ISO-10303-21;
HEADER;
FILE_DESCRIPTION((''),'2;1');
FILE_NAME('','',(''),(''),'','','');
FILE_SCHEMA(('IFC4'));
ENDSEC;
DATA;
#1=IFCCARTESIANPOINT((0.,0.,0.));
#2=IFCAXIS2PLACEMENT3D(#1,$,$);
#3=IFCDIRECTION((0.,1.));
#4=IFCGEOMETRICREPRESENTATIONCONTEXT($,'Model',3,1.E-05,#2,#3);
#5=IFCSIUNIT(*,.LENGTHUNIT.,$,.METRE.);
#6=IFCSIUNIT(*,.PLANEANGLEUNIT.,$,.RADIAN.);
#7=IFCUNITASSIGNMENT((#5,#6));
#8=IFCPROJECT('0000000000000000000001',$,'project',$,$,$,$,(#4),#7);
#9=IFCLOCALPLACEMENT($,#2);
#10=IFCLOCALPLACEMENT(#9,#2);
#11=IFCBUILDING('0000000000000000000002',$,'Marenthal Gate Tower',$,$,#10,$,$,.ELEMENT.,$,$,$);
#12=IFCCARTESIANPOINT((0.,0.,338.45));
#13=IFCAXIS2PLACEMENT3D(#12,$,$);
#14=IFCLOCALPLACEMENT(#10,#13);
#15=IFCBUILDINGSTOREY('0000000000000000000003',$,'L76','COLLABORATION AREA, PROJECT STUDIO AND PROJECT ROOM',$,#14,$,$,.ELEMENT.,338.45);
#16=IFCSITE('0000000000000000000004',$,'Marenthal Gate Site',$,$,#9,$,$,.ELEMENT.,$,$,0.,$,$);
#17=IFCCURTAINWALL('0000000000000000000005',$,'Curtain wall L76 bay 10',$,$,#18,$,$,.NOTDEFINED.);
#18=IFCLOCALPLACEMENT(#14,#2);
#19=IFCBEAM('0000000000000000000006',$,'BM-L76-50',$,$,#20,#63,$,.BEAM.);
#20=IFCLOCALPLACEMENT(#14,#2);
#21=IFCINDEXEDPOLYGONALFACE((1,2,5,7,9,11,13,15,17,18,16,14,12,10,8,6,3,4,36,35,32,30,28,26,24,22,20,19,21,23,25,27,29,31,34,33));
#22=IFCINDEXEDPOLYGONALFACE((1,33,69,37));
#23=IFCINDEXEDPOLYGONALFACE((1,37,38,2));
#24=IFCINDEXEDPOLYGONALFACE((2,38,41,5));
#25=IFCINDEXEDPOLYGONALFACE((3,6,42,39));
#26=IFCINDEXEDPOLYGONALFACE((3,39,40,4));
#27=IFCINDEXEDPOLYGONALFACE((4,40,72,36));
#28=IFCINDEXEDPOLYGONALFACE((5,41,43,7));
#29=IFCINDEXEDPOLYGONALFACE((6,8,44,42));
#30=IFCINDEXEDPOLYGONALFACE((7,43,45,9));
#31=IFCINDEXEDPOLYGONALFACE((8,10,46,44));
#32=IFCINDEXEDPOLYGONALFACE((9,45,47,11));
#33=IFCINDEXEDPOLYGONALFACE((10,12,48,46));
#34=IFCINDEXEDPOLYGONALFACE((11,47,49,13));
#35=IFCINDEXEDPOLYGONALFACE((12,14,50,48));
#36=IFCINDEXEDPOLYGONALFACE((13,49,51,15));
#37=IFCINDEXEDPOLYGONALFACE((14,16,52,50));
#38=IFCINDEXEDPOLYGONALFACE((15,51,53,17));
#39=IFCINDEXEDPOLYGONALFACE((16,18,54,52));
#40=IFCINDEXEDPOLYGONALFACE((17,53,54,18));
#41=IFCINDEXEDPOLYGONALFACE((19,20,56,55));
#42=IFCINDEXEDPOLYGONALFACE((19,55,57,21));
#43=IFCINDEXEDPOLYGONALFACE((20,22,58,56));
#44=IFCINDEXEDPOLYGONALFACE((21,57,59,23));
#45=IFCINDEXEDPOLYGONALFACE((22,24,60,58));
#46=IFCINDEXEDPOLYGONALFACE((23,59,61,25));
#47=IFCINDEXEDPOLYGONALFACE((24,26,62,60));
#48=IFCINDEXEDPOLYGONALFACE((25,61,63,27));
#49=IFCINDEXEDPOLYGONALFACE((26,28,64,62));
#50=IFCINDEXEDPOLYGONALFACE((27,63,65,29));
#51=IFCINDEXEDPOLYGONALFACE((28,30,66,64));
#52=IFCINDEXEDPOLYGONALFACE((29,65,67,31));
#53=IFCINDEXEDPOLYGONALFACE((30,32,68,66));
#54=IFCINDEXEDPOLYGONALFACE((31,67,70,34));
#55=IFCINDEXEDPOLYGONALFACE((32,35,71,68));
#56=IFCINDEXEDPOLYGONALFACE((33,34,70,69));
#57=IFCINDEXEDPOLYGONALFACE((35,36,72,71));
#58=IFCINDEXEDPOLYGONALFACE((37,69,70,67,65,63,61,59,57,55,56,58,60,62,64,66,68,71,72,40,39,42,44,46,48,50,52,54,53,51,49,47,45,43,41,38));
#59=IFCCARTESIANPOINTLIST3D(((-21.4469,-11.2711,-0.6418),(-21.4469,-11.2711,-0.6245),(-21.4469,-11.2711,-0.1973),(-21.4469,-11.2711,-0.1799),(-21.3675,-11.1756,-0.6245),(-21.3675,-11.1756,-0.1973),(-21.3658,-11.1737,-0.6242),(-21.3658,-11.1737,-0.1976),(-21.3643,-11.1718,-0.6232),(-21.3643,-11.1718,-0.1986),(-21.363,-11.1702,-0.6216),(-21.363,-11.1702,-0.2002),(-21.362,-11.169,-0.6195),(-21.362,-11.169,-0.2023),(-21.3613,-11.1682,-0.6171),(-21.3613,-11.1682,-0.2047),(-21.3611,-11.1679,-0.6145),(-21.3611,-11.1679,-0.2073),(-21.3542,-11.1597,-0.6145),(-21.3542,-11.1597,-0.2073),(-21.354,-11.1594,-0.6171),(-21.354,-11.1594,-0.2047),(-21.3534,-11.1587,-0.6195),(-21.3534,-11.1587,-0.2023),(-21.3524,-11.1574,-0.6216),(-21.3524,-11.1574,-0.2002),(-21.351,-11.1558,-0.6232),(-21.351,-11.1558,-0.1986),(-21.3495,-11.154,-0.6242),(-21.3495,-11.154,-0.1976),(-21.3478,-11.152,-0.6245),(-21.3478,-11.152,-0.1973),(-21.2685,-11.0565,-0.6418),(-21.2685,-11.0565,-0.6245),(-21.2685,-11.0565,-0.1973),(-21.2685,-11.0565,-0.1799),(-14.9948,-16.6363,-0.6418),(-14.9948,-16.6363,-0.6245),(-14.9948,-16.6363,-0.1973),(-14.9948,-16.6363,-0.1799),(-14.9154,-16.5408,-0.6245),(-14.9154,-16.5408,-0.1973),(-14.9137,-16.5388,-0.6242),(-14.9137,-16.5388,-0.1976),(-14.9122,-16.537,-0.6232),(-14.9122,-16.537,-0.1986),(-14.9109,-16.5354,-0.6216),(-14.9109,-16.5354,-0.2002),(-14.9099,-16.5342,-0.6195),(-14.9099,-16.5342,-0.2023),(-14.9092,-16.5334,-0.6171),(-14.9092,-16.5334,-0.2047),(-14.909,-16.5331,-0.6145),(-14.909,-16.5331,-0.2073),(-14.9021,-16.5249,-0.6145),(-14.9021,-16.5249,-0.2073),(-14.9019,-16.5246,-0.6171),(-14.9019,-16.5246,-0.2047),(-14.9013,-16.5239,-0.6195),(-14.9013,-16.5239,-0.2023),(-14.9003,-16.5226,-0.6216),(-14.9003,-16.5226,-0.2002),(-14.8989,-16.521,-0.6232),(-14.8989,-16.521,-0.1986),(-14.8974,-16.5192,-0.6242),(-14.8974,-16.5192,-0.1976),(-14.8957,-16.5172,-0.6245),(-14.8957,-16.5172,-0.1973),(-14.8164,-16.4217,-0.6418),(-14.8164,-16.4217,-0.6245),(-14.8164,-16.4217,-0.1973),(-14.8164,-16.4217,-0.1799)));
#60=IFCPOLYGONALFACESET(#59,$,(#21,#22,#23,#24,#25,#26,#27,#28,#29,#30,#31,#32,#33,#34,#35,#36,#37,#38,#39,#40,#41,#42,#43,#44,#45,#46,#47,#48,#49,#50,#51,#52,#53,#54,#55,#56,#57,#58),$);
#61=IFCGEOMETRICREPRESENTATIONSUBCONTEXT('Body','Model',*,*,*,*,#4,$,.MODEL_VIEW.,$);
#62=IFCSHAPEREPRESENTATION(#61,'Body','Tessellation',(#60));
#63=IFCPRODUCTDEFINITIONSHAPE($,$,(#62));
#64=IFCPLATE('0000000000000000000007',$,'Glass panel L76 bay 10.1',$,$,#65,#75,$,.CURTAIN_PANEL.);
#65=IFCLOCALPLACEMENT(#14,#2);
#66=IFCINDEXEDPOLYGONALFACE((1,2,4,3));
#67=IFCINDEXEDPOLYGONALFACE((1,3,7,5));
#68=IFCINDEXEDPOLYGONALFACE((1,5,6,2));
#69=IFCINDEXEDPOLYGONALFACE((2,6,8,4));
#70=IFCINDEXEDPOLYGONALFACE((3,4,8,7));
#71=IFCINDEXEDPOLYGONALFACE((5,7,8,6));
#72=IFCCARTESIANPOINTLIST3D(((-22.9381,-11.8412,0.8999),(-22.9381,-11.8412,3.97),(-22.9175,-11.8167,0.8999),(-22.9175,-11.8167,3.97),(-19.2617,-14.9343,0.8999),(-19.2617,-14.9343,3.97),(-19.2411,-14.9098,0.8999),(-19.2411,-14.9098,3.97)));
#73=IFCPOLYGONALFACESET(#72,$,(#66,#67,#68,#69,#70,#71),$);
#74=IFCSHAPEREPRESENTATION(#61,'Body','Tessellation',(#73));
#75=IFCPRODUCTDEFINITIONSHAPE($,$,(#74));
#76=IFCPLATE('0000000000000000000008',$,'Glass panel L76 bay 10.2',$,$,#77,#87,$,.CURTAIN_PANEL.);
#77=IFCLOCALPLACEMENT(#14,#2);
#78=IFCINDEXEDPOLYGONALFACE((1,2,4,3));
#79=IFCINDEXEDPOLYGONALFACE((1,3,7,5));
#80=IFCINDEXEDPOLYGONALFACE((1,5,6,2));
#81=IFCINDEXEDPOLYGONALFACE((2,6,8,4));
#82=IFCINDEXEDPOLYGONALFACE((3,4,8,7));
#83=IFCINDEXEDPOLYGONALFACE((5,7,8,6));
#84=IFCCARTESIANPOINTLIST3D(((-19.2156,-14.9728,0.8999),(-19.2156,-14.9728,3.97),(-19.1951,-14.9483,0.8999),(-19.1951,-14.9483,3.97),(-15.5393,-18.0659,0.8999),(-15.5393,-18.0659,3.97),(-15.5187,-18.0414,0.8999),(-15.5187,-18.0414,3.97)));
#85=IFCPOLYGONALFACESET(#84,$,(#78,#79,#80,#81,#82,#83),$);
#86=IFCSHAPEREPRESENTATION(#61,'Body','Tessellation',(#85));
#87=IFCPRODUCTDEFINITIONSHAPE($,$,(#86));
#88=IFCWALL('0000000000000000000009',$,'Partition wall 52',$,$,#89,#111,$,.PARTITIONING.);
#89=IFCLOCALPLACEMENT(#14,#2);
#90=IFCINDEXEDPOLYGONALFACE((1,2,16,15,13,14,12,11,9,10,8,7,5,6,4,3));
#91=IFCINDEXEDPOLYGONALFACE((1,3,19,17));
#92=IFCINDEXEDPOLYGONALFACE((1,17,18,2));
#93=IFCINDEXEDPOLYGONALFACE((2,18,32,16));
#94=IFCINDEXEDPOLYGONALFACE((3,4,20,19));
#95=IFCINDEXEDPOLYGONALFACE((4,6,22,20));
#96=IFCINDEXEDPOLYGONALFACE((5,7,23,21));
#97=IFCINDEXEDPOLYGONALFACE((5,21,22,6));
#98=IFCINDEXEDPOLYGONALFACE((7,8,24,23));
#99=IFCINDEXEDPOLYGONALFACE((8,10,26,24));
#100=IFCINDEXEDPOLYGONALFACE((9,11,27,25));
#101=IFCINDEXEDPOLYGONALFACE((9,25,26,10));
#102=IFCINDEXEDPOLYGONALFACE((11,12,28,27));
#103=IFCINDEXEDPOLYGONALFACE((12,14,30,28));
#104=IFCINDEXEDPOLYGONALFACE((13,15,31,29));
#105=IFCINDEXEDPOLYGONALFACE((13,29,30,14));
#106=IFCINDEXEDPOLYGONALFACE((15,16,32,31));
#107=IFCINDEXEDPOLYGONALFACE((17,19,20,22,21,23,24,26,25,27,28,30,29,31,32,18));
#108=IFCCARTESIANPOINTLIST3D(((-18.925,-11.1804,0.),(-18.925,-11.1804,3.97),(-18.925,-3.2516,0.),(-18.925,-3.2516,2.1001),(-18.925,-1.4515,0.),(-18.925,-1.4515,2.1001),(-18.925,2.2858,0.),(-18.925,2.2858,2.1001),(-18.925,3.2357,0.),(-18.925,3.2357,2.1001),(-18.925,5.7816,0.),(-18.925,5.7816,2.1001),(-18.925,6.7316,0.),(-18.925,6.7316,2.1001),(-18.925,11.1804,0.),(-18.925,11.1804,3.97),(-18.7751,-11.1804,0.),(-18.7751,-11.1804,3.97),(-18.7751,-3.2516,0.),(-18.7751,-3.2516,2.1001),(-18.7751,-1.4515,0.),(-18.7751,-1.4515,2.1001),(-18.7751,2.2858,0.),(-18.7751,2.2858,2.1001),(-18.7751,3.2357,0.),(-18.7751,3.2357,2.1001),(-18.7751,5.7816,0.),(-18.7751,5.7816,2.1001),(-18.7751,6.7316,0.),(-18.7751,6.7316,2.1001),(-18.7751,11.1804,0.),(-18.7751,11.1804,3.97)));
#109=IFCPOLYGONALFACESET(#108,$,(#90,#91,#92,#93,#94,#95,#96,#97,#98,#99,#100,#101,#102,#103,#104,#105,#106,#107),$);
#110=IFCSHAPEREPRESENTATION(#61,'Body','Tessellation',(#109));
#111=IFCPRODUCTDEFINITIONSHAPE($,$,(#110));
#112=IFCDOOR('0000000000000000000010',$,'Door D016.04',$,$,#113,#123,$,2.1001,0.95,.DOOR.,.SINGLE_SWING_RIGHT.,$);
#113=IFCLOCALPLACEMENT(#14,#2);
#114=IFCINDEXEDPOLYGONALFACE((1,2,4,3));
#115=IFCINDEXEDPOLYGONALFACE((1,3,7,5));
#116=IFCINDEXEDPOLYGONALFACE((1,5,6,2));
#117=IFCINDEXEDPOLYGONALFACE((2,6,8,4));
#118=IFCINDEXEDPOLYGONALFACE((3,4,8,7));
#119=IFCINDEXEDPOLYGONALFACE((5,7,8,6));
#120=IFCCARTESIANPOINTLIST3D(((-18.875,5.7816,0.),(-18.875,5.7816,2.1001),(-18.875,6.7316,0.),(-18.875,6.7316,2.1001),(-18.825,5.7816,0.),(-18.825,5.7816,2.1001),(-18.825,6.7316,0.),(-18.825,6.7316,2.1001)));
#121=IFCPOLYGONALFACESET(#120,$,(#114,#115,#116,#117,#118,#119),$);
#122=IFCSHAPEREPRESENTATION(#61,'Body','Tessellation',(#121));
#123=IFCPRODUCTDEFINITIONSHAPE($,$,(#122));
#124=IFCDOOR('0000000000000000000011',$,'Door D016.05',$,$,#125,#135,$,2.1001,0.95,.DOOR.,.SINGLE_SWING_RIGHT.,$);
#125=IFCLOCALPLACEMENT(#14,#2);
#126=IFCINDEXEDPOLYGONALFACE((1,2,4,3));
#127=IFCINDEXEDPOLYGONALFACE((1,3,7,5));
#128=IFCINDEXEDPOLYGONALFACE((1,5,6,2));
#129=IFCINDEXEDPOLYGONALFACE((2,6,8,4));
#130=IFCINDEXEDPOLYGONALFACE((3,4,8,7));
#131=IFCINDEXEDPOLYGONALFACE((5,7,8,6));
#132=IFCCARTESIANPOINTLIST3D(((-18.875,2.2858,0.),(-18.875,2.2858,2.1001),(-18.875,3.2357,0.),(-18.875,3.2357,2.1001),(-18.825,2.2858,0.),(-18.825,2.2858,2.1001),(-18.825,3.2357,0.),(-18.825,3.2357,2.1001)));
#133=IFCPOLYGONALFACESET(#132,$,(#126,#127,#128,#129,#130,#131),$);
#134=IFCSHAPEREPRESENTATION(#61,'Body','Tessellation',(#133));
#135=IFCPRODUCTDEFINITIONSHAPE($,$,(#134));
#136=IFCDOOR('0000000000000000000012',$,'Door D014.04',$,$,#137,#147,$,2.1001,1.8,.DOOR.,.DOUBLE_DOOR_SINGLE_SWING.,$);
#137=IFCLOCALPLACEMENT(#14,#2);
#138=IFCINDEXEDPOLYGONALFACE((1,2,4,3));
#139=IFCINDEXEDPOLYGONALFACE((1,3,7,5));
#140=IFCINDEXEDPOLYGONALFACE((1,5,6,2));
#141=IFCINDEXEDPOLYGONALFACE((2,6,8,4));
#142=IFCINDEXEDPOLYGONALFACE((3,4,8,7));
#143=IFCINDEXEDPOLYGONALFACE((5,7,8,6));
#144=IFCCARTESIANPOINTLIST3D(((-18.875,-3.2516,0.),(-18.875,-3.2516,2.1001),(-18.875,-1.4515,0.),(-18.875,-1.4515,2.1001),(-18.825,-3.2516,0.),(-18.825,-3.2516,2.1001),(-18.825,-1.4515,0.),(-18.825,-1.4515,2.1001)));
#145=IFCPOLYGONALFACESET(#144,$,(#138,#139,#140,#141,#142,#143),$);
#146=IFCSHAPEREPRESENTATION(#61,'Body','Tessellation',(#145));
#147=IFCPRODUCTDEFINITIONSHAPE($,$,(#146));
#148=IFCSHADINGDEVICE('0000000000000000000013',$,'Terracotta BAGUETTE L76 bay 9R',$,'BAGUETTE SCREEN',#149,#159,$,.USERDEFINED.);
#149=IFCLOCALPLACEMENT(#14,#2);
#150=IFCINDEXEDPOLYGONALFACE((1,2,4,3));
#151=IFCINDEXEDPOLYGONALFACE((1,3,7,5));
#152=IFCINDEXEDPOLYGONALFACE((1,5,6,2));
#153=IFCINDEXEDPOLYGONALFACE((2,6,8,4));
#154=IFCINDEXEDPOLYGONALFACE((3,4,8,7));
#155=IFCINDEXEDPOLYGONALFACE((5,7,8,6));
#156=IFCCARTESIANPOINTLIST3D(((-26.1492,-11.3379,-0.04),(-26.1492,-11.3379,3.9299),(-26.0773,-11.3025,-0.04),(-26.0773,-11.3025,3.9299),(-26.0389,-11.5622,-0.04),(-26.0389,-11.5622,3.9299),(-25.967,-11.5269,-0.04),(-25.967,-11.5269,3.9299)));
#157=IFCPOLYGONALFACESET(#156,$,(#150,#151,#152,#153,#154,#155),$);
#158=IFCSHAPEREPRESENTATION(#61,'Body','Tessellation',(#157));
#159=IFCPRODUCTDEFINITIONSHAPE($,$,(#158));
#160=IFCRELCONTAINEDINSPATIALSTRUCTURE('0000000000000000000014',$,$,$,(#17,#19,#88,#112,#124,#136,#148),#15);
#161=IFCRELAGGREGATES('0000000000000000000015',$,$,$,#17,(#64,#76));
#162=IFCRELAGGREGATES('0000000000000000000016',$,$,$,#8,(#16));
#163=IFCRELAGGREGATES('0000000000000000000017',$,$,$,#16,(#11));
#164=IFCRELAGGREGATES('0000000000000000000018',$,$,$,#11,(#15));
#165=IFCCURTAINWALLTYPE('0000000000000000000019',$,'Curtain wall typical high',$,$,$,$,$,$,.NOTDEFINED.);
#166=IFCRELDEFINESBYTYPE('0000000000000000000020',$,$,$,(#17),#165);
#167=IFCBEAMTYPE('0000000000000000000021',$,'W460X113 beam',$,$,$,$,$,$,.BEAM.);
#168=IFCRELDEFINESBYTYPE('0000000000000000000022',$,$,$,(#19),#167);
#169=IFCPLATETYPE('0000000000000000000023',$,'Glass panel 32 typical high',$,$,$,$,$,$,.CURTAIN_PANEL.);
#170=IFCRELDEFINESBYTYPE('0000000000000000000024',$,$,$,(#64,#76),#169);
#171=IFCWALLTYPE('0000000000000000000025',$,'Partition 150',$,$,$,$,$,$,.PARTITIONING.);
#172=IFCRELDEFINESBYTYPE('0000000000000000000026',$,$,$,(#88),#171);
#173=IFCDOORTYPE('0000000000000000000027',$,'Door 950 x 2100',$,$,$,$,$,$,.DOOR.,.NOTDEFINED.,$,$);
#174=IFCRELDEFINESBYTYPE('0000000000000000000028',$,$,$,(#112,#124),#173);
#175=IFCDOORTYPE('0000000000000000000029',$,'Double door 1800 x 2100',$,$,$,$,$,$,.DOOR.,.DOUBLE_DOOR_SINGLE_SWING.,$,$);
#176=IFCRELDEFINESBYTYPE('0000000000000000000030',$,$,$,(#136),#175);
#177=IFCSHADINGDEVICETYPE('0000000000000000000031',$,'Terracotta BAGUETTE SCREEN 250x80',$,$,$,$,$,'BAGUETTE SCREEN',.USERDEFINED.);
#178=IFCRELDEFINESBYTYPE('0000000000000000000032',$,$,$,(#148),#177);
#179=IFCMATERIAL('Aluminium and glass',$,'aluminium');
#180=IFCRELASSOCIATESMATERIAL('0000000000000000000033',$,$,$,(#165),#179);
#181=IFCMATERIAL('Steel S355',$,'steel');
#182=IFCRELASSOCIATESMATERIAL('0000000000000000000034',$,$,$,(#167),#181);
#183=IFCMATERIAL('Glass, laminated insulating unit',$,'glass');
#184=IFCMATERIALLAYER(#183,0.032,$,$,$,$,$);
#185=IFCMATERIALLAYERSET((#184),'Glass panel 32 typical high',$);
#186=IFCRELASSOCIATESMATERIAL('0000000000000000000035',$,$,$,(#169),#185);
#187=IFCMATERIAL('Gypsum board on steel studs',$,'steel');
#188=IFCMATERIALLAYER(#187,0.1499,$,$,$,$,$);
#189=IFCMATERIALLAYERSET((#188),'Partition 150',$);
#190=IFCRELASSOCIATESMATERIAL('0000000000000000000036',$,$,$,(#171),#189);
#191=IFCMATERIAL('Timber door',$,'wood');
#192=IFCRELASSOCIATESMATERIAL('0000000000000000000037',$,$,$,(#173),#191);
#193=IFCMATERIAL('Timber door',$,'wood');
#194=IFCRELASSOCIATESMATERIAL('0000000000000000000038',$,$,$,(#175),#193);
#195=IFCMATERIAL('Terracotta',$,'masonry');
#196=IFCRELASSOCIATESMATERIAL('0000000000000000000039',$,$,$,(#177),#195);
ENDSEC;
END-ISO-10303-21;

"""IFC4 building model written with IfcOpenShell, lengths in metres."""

from ifc_helpers import new_model, si_unit, direction, frame, frame_2d, origin, origin_2d, place, context, subcontext, project, spatial, rectangle, i_section, extrude, material, layer, layer_set, material_profile, profile_set, type_object, element, fill, aggregate, save


model = new_model("IFC4")

# Units and contexts
model_context = context("Model", 3, precision=1e-05, world=origin(), true_north=direction((0.0, 1.0)))
body_context = subcontext(model_context, "Body", "Model", "MODEL_VIEW")
ifc_project = project(units=[si_unit("LENGTHUNIT", "METRE"), si_unit("PLANEANGLEUNIT", "RADIAN")], contexts=[model_context])

# Site, building, storey
site_placement = place(None, origin())
site = spatial("IfcSite", under=ifc_project, at=site_placement, Name="Marenthal Gate Site", CompositionType="ELEMENT", RefElevation=0.0)
building_placement = place(site_placement, origin())
building = spatial("IfcBuilding", under=site, at=building_placement, Name="Marenthal Gate Tower", CompositionType="ELEMENT")
storey_placement = place(building_placement, frame((0.0, 0.0, 338.45)))
storey = spatial("IfcBuildingStorey", under=building, at=storey_placement, Name="L76", Description="COLLABORATION AREA, PROJECT STUDIO AND PROJECT ROOM", CompositionType="ELEMENT", Elevation=338.45)

# Curtain wall
ifc_material_1 = material(Name="Aluminium and glass", Category="aluminium")
curtain_wall_type = type_object("IfcCurtainWallType", Name="Curtain wall typical high", PredefinedType="NOTDEFINED", material=ifc_material_1)
curtain_wall_placement = place(storey_placement, origin())
curtain_wall = element("IfcCurtainWall", 1, at=curtain_wall_placement, inside=storey, type_object=curtain_wall_type, Name="Curtain wall L76 bay 10", PredefinedType="NOTDEFINED")

# Beam
ifc_material_2 = material(Name="Steel S355", Category="steel")
ifc_material_profile_1 = material_profile(ifc_material_2, i_section(OverallWidth=0.2791, OverallDepth=0.4619, WebThickness=0.0107, FlangeThickness=0.0173, FilletRadius=0.01, at=origin_2d()), Name="W460X113")
ifc_profile_set_1 = profile_set([ifc_material_profile_1], Name="Steel S355")
beam_type_1 = type_object("IfcBeamType", Name="W460X113 beam", PredefinedType="BEAM", material=ifc_profile_set_1)
beam_1_placement = place(storey_placement, frame((-21.3577, -11.1638, -0.4109), z_axis=(0.768898, -0.639371, 0.0), x_axis=(0.639371, 0.768898, 0.0)))
element("IfcBeam", 2, at=beam_1_placement, inside=storey, type_object=beam_type_1, Name="BM-L76-50", PredefinedType="BEAM", context=body_context, shape_type="SweptSolid", body=[
    extrude(i_section(OverallWidth=0.2791, OverallDepth=0.4619, WebThickness=0.0107, FlangeThickness=0.0173, FilletRadius=0.01, at=origin_2d()), origin(), (0.0, 0.0, 1.0), 8.3914),
])

# Plates
ifc_material_3 = material(Name="Glass, laminated insulating unit", Category="glass")
ifc_layer_1 = layer(ifc_material_3, 0.032)
ifc_layer_set_1 = layer_set([ifc_layer_1], Name="Glass panel 32 typical high")
plate_type = type_object("IfcPlateType", Name="Glass panel 32 typical high", PredefinedType="CURTAIN_PANEL", material=ifc_layer_set_1)
plate_1_placement = place(storey_placement, frame((-21.0896, -13.3755, 0.8999), z_axis=(0.0, 0.0, 1.0), x_axis=(0.765193, -0.643801, 0.0)))
plate_1 = element("IfcPlate", 3, at=plate_1_placement, type_object=plate_type, Name="Glass panel L76 bay 10.1", PredefinedType="CURTAIN_PANEL", context=body_context, shape_type="SweptSolid", body=[
    extrude(rectangle(XDim=4.8044, YDim=0.032, at=origin_2d()), origin(), (0.0, 0.0, 1.0), 3.0701),
])
plate_2_placement = place(storey_placement, frame((-17.3672, -16.5071, 0.8999), z_axis=(0.0, 0.0, 1.0), x_axis=(0.765193, -0.643801, 0.0)))
plate_2 = element("IfcPlate", 4, at=plate_2_placement, type_object=plate_type, Name="Glass panel L76 bay 10.2", PredefinedType="CURTAIN_PANEL", context=body_context, shape_type="SweptSolid", body=[
    extrude(rectangle(XDim=4.8044, YDim=0.032, at=origin_2d()), origin(), (0.0, 0.0, 1.0), 3.0701),
])
aggregate(curtain_wall, [plate_1, plate_2])

# Wall, openings, doors
ifc_material_4 = material(Name="Gypsum board on steel studs", Category="steel")
ifc_layer_2 = layer(ifc_material_4, 0.1499)
ifc_layer_set_2 = layer_set([ifc_layer_2], Name="Partition 150")
wall_type_1 = type_object("IfcWallType", Name="Partition 150", PredefinedType="PARTITIONING", material=ifc_layer_set_2)
wall_1_placement = place(storey_placement, frame((-18.8501, -11.1804, 0.0), z_axis=(0.0, 0.0, 1.0), x_axis=(0.0, 1.0, 0.0)))
wall_1 = element("IfcWall", 5, at=wall_1_placement, inside=storey, type_object=wall_type_1, Name="Partition wall 52", PredefinedType="PARTITIONING", context=body_context, shape_type="SweptSolid", body=[
    extrude(rectangle(XDim=22.3608, YDim=0.1499, at=frame_2d((11.1804, 0.0))), origin(), (0.0, 0.0, 1.0), 3.97),
])
opening_1_placement = place(wall_1_placement, frame((16.9619, 0.0, 0.0)))
opening_1 = element("IfcOpeningElement", 6, at=opening_1_placement, cuts=wall_1, PredefinedType="OPENING", context=body_context, shape_type="SweptSolid", body=[
    extrude(rectangle(XDim=0.95, YDim=2.1001, at=frame_2d((0.4751, 1.05))), frame((0.0, 0.085, 0.0), z_axis=(0.0, -1.0, 0.0), x_axis=(1.0, 0.0, 0.0)), (0.0, 0.0, 1.0), 0.1699),
])
opening_2_placement = place(wall_1_placement, frame((13.4661, 0.0, 0.0)))
opening_2 = element("IfcOpeningElement", 7, at=opening_2_placement, cuts=wall_1, PredefinedType="OPENING", context=body_context, shape_type="SweptSolid", body=[
    extrude(rectangle(XDim=0.95, YDim=2.1001, at=frame_2d((0.4751, 1.05))), frame((0.0, 0.085, 0.0), z_axis=(0.0, -1.0, 0.0), x_axis=(1.0, 0.0, 0.0)), (0.0, 0.0, 1.0), 0.1699),
])
opening_3_placement = place(wall_1_placement, frame((7.929, 0.0, 0.0)))
opening_3 = element("IfcOpeningElement", 8, at=opening_3_placement, cuts=wall_1, PredefinedType="OPENING", context=body_context, shape_type="SweptSolid", body=[
    extrude(rectangle(XDim=1.8, YDim=2.1001, at=frame_2d((0.8999, 1.05))), frame((0.0, 0.085, 0.0), z_axis=(0.0, -1.0, 0.0), x_axis=(1.0, 0.0, 0.0)), (0.0, 0.0, 1.0), 0.1699),
])
ifc_material_5 = material(Name="Timber door", Category="wood")
door_type_1 = type_object("IfcDoorType", Name="Door 950 x 2100", OperationType="NOTDEFINED", PredefinedType="DOOR", material=ifc_material_5)
door_1_placement = place(opening_1_placement, origin())
door_1 = element("IfcDoor", 9, at=door_1_placement, inside=storey, type_object=door_type_1, Name="Door D016.04", OperationType="SINGLE_SWING_RIGHT", OverallHeight=2.1001, OverallWidth=0.95, PredefinedType="DOOR", context=body_context, shape_type="SweptSolid", body=[
    extrude(rectangle(XDim=0.95, YDim=2.1001, at=frame_2d((0.4751, 1.05))), frame((0.0, 0.0249, 0.0), z_axis=(0.0, -1.0, 0.0), x_axis=(1.0, 0.0, 0.0)), (0.0, 0.0, 1.0), 0.05),
])
fill(opening_1, door_1)
door_2_placement = place(opening_2_placement, origin())
door_2 = element("IfcDoor", 10, at=door_2_placement, inside=storey, type_object=door_type_1, Name="Door D016.05", OperationType="SINGLE_SWING_RIGHT", OverallHeight=2.1001, OverallWidth=0.95, PredefinedType="DOOR", context=body_context, shape_type="SweptSolid", body=[
    extrude(rectangle(XDim=0.95, YDim=2.1001, at=frame_2d((0.4751, 1.05))), frame((0.0, 0.0249, 0.0), z_axis=(0.0, -1.0, 0.0), x_axis=(1.0, 0.0, 0.0)), (0.0, 0.0, 1.0), 0.05),
])
fill(opening_2, door_2)
ifc_material_6 = material(Name="Timber door", Category="wood")
door_type_2 = type_object("IfcDoorType", Name="Double door 1800 x 2100", OperationType="DOUBLE_DOOR_SINGLE_SWING", PredefinedType="DOOR", material=ifc_material_6)
door_3_placement = place(opening_3_placement, origin())
door_3 = element("IfcDoor", 11, at=door_3_placement, inside=storey, type_object=door_type_2, Name="Door D014.04", OperationType="DOUBLE_DOOR_SINGLE_SWING", OverallHeight=2.1001, OverallWidth=1.8, PredefinedType="DOOR", context=body_context, shape_type="SweptSolid", body=[
    extrude(rectangle(XDim=1.8, YDim=2.1001, at=frame_2d((0.8999, 1.05))), frame((0.0, 0.0249, 0.0), z_axis=(0.0, -1.0, 0.0), x_axis=(1.0, 0.0, 0.0)), (0.0, 0.0, 1.0), 0.05),
])
fill(opening_3, door_3)

# Shading device
ifc_material_7 = material(Name="Terracotta", Category="masonry")
ifc_material_profile_2 = material_profile(ifc_material_7, rectangle(XDim=0.25, YDim=0.0801, at=origin_2d()), Name="Terracotta baguette 250x80")
ifc_profile_set_2 = profile_set([ifc_material_profile_2], Name="Terracotta")
shading_device_type = type_object("IfcShadingDeviceType", Name="Terracotta BAGUETTE SCREEN 250x80", ElementType="BAGUETTE SCREEN", PredefinedType="USERDEFINED", material=ifc_profile_set_2)
shading_device_placement = place(storey_placement, frame((-26.0581, -11.4324, -0.04), z_axis=(0.0, 0.0, 1.0), x_axis=(0.441298, -0.897361, 0.0)))
element("IfcShadingDevice", 12, at=shading_device_placement, inside=storey, type_object=shading_device_type, Name="Terracotta BAGUETTE L76 bay 9R", ObjectType="BAGUETTE SCREEN", PredefinedType="USERDEFINED", context=body_context, shape_type="SweptSolid", body=[
    extrude(rectangle(XDim=0.25, YDim=0.0801, at=origin_2d()), origin(), (0.0, 0.0, 1.0), 3.97),
])

save(model, "model.ifc")
